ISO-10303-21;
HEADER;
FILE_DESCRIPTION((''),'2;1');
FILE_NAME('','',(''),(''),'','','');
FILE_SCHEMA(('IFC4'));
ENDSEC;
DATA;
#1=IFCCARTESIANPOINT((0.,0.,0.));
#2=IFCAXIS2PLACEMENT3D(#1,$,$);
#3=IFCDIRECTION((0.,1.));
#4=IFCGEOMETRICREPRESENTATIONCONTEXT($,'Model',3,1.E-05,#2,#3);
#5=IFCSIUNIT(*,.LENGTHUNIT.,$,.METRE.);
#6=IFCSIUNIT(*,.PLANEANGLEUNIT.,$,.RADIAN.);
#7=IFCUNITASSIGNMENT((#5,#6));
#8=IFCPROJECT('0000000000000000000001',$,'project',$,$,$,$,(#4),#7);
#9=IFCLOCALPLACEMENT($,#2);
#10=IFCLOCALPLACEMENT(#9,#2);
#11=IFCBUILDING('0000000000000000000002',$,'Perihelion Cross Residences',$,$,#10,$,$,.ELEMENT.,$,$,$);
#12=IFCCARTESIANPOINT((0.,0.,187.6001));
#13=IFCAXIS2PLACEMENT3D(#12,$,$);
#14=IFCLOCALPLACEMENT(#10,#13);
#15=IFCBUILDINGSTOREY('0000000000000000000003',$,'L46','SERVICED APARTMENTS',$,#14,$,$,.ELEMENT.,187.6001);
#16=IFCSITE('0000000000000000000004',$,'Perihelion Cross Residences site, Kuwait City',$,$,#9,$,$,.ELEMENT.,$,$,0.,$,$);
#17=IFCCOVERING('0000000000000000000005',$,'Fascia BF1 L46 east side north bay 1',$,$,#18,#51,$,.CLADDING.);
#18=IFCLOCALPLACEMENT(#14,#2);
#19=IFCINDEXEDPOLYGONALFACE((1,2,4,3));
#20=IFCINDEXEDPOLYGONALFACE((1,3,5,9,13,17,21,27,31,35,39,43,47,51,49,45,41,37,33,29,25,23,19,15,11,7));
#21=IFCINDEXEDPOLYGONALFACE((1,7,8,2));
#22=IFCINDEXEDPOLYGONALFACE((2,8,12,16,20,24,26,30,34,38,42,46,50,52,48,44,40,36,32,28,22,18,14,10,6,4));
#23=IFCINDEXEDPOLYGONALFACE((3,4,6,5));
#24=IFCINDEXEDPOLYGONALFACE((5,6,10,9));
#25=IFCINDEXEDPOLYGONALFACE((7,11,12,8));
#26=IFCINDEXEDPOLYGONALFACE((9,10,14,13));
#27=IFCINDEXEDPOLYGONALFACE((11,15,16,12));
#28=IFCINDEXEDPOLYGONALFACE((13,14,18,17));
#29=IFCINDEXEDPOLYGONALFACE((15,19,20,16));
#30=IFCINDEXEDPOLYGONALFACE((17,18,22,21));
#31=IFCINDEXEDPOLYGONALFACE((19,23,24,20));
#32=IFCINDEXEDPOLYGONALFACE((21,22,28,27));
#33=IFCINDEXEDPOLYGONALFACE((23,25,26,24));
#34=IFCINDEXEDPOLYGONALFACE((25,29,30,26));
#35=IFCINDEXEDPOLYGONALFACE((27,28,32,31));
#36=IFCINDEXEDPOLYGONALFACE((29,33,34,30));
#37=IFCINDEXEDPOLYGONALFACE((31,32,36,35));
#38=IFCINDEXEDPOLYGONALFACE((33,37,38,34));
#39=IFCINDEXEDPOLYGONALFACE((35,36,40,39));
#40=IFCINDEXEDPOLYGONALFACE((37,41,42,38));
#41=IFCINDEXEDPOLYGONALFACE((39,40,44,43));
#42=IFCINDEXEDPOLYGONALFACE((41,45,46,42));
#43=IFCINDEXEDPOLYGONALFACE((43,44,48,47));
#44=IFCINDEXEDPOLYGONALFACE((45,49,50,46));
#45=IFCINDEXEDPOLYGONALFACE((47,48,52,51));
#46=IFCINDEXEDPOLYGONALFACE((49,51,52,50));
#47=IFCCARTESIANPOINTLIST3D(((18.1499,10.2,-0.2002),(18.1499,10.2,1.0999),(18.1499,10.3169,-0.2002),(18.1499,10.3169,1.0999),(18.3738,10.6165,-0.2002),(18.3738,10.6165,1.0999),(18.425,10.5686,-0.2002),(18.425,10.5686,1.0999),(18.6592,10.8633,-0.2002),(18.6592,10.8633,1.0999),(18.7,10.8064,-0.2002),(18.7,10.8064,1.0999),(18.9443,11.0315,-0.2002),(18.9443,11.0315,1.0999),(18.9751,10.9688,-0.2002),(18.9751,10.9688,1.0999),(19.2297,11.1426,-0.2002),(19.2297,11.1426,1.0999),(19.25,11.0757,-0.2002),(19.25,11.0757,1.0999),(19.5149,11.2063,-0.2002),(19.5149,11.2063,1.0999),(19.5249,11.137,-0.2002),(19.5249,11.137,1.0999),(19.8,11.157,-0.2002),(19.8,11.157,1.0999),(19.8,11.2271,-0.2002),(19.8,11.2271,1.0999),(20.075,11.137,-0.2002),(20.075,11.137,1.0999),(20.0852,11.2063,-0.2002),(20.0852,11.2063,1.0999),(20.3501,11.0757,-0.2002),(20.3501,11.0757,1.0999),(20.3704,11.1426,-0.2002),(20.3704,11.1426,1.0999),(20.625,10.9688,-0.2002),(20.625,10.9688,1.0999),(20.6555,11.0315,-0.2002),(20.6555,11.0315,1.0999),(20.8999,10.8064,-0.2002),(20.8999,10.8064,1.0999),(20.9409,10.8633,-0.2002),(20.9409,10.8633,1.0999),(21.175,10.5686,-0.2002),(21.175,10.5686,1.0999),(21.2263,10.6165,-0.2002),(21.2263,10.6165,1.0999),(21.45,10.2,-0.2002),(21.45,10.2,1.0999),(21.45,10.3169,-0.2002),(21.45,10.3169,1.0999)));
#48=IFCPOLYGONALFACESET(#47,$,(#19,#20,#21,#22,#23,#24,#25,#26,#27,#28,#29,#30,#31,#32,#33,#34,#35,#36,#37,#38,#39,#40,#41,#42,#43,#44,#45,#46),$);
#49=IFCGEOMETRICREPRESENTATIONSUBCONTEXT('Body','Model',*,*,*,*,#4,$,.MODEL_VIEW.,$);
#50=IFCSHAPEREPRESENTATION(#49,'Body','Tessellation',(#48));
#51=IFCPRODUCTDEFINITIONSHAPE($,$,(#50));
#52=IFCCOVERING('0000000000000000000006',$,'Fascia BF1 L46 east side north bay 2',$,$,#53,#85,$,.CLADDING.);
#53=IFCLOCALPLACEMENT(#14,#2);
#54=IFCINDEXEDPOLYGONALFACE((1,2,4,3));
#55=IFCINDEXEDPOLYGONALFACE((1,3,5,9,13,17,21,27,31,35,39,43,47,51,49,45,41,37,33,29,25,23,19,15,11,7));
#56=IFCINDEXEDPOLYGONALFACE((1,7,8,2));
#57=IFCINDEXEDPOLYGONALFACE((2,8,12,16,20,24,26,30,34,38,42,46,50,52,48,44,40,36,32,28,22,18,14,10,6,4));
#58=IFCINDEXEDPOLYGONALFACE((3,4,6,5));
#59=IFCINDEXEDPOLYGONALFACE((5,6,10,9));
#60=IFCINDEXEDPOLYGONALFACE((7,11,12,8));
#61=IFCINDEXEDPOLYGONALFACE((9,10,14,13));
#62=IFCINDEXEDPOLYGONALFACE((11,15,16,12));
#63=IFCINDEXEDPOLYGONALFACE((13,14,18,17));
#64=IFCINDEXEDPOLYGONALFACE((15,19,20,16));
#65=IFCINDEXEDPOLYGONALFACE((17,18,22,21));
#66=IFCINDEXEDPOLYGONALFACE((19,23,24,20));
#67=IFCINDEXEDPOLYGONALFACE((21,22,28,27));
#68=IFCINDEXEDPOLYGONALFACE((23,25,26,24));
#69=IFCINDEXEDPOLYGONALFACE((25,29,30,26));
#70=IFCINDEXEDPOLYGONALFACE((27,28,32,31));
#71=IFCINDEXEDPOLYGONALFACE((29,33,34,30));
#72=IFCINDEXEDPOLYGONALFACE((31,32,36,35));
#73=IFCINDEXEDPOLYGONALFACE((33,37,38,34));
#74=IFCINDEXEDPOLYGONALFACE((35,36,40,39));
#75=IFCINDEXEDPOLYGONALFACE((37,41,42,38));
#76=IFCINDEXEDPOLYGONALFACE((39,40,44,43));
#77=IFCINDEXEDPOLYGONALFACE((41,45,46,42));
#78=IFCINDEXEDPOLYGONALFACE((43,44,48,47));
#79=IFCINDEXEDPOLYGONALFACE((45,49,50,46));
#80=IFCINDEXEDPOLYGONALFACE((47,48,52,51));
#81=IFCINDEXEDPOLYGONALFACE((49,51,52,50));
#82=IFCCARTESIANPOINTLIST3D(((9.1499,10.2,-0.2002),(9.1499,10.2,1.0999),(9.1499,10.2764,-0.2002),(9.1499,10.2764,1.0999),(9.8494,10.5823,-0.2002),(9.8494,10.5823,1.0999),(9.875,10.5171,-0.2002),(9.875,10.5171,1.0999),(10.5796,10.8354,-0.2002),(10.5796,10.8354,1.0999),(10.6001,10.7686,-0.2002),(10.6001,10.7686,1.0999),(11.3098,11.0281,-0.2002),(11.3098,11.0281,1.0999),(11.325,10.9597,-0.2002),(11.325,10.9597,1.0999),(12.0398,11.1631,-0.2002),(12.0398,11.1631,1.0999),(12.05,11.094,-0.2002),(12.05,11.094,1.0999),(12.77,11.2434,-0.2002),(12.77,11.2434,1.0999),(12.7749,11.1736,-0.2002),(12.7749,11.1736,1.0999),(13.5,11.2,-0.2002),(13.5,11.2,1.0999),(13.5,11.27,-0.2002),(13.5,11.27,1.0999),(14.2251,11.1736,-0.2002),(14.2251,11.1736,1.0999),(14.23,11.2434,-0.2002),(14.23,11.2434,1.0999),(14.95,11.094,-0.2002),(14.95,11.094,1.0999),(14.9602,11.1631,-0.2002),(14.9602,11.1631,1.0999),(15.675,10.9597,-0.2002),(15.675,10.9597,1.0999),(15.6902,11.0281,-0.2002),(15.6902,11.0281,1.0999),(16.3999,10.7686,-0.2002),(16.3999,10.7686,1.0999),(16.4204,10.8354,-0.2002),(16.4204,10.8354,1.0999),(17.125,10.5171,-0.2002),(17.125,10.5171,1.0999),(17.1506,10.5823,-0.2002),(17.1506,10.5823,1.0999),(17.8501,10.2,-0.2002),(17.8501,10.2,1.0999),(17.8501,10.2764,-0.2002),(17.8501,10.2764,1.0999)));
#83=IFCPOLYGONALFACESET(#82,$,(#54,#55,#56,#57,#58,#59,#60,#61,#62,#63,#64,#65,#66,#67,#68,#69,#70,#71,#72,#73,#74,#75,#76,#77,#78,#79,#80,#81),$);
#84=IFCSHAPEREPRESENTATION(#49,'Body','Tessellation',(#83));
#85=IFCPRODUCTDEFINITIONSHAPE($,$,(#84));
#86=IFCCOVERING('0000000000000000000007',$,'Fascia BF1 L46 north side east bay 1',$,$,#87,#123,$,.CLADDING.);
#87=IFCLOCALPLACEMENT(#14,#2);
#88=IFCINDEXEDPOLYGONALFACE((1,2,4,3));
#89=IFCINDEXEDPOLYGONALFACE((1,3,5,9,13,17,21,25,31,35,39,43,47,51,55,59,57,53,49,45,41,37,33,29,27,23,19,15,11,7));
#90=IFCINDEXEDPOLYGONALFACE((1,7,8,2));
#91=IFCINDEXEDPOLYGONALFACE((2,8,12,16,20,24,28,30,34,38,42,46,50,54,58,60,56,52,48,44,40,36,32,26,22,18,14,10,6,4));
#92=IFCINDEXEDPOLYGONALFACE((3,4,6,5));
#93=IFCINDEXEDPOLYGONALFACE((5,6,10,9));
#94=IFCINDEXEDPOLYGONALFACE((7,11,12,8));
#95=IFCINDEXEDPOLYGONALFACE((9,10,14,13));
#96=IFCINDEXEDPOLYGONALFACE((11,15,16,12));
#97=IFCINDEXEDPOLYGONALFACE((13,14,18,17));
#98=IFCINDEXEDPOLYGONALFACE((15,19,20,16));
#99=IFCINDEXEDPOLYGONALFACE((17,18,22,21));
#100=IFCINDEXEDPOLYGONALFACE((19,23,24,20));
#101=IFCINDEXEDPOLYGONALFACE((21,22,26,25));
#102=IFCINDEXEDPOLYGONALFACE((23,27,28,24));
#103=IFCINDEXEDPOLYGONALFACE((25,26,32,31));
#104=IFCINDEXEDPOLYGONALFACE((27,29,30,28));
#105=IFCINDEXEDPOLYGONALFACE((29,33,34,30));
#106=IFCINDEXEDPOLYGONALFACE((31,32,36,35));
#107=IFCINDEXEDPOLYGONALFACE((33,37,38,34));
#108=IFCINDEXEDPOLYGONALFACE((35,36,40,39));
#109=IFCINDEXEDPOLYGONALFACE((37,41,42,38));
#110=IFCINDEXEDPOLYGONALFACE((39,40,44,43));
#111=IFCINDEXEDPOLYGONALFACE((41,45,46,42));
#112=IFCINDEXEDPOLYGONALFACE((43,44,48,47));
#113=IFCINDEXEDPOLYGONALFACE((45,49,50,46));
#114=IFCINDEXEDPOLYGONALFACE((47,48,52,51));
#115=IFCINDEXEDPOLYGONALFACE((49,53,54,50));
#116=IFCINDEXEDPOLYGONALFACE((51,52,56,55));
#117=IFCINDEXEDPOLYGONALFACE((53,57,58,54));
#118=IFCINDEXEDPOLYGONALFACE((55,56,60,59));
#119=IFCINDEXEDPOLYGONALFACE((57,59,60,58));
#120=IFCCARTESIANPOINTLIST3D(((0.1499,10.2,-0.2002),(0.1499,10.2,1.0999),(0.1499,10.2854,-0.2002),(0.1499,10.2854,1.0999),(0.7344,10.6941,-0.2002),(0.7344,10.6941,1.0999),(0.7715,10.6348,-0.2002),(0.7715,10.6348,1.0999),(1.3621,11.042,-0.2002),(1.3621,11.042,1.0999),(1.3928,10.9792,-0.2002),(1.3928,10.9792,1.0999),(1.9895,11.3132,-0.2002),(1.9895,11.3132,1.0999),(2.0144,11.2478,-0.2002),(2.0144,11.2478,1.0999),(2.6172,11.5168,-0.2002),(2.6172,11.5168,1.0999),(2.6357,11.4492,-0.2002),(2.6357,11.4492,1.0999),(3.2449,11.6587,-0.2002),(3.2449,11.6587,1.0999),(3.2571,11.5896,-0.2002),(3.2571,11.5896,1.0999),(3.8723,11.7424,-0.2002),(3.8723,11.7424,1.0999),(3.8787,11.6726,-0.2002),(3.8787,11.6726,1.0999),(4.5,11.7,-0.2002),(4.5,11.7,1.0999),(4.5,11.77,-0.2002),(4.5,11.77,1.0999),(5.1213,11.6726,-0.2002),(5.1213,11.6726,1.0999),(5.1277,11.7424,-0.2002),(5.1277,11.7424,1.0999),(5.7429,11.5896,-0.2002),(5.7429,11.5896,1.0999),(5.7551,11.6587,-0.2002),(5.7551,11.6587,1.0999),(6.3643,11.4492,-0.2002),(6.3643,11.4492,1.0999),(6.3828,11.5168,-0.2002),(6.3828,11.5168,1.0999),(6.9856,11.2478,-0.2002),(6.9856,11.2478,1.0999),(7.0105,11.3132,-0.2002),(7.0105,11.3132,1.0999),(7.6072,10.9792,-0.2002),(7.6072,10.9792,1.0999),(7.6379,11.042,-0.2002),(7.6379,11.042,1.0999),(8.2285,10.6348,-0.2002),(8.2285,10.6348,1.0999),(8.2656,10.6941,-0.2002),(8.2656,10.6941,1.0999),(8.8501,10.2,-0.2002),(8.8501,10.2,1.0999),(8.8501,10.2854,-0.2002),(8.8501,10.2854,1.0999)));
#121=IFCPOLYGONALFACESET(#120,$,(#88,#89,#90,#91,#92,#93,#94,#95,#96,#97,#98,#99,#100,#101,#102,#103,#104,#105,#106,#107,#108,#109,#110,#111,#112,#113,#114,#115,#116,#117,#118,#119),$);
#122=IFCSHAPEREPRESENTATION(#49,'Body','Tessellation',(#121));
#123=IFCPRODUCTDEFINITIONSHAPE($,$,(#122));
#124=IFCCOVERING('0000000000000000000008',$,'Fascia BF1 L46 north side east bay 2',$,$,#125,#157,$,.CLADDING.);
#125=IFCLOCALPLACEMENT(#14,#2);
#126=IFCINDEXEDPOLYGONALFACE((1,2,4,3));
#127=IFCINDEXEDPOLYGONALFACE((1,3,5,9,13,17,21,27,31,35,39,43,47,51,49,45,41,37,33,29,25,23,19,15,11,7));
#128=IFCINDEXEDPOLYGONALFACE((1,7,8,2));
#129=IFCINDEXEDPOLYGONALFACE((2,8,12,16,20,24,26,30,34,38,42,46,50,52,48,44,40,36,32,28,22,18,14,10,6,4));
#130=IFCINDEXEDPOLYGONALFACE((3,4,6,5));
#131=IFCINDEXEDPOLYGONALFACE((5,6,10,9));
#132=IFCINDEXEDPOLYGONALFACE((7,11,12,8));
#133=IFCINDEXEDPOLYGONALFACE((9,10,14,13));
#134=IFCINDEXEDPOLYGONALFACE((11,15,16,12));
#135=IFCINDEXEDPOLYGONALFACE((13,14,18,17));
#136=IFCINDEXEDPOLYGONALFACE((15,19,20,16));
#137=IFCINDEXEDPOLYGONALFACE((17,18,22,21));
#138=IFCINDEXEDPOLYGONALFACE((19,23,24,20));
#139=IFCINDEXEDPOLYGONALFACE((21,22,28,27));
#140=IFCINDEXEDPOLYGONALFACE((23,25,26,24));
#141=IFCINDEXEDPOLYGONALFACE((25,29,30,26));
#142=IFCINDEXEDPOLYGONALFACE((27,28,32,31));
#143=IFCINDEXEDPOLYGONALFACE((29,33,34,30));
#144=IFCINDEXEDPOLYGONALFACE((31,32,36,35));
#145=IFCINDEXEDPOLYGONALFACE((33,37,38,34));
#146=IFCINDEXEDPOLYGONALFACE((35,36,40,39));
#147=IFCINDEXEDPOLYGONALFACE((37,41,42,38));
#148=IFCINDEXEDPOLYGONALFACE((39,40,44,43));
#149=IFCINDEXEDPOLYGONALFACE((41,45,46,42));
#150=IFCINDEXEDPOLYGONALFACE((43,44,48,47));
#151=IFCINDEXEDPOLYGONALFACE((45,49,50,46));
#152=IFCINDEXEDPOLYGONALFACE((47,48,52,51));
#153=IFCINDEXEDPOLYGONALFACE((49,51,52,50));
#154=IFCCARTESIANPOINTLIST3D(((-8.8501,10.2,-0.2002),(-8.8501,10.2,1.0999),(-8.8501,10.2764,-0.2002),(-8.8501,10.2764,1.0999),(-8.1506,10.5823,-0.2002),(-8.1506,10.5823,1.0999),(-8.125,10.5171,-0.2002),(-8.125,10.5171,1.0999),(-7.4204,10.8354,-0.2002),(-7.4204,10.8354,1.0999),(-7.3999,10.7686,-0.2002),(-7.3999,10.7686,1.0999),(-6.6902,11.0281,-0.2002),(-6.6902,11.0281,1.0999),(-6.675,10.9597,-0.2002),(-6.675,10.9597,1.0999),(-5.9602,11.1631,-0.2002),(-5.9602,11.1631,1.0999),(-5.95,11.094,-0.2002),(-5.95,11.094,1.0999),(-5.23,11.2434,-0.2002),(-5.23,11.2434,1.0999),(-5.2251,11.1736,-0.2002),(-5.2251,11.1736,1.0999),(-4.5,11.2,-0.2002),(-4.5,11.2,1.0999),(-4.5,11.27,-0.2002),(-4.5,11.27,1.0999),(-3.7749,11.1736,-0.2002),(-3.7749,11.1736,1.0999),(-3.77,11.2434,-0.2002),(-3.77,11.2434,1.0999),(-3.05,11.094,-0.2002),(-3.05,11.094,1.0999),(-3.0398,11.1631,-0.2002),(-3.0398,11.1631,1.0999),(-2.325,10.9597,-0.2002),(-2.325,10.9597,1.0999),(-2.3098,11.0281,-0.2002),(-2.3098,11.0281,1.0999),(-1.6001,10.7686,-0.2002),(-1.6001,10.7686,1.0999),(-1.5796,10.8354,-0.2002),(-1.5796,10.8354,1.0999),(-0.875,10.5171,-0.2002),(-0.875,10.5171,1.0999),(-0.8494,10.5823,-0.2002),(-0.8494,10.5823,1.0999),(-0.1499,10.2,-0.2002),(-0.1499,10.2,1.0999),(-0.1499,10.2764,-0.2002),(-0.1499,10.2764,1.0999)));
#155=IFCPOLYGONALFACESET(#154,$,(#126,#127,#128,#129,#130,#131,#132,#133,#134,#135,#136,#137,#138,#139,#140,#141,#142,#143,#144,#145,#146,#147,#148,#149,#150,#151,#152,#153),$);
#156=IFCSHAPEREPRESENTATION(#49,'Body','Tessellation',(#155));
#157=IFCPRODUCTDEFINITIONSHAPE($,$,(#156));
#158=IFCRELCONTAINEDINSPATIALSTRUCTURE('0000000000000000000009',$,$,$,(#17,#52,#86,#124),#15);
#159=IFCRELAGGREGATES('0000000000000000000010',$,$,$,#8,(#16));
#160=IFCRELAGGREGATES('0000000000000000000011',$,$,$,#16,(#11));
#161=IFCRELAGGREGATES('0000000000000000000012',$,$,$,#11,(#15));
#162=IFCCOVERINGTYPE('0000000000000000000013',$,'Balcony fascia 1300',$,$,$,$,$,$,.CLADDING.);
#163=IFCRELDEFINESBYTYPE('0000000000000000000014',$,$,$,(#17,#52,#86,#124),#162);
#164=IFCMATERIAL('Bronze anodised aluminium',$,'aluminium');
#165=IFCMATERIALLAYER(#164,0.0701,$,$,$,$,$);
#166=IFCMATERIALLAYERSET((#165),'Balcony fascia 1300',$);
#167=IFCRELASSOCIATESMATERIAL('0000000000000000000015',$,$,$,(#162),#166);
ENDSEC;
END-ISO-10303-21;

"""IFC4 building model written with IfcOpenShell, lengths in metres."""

from ifc_helpers import new_model, si_unit, direction, frame, origin, place, context, subcontext, project, spatial, polyline, outline, extrude, material, layer, layer_set, type_object, element, save


model = new_model("IFC4")

# Units and contexts
model_context = context("Model", 3, precision=1e-05, world=origin(), true_north=direction((0.0, 1.0)))
body_context = subcontext(model_context, "Body", "Model", "MODEL_VIEW")
ifc_project = project(units=[si_unit("LENGTHUNIT", "METRE"), si_unit("PLANEANGLEUNIT", "RADIAN")], contexts=[model_context])

# Site, building, storey
site_placement = place(None, origin())
site = spatial("IfcSite", under=ifc_project, at=site_placement, Name="Perihelion Cross Residences site, Kuwait City", CompositionType="ELEMENT", RefElevation=0.0)
building_placement = place(site_placement, origin())
building = spatial("IfcBuilding", under=site, at=building_placement, Name="Perihelion Cross Residences", CompositionType="ELEMENT")
storey_placement = place(building_placement, frame((0.0, 0.0, 187.6001)))
storey = spatial("IfcBuildingStorey", under=building, at=storey_placement, Name="L46", Description="SERVICED APARTMENTS", CompositionType="ELEMENT", Elevation=187.6001)

# Coverings
ifc_material_1 = material(Name="Bronze anodised aluminium", Category="aluminium")
ifc_layer_1 = layer(ifc_material_1, 0.0701)
ifc_layer_set_1 = layer_set([ifc_layer_1], Name="Balcony fascia 1300")
covering_type = type_object("IfcCoveringType", Name="Balcony fascia 1300", PredefinedType="CLADDING", material=ifc_layer_set_1)
covering_1_placement = place(storey_placement, frame((0.0, 0.0, -0.2002)))
element("IfcCovering", 1, at=covering_1_placement, inside=storey, type_object=covering_type, Name="Fascia BF1 L46 east side north bay 1", PredefinedType="CLADDING", context=body_context, shape_type="SweptSolid", body=[
    extrude(outline(polyline([(21.2263, 10.6165), (20.9409, 10.8633), (20.6555, 11.0315), (20.3704, 11.1426), (20.0852, 11.2063), (19.8, 11.2271), (19.5149, 11.2063), (19.2297, 11.1426), (18.9443, 11.0315), (18.6592, 10.8633), (18.3738, 10.6165), (18.1499, 10.3169), (18.1499, 10.2), (18.425, 10.5686), (18.7, 10.8064), (18.9751, 10.9688), (19.25, 11.0757), (19.5249, 11.137), (19.8, 11.157), (20.075, 11.137), (20.3501, 11.0757), (20.625, 10.9688), (20.8999, 10.8064), (21.175, 10.5686), (21.45, 10.2), (21.45, 10.3169), (21.2263, 10.6165)])), origin(), (0.0, 0.0, 1.0), 1.3),
])
covering_2_placement = place(storey_placement, frame((0.0, 0.0, -0.2002)))
element("IfcCovering", 2, at=covering_2_placement, inside=storey, type_object=covering_type, Name="Fascia BF1 L46 east side north bay 2", PredefinedType="CLADDING", context=body_context, shape_type="SweptSolid", body=[
    extrude(outline(polyline([(17.1506, 10.5823), (16.4204, 10.8354), (15.6902, 11.0281), (14.9602, 11.1631), (14.23, 11.2434), (13.5, 11.27), (12.77, 11.2434), (12.0398, 11.1631), (11.3098, 11.0281), (10.5796, 10.8354), (9.8494, 10.5823), (9.1499, 10.2764), (9.1499, 10.2), (9.875, 10.5171), (10.6001, 10.7686), (11.325, 10.9597), (12.05, 11.094), (12.7749, 11.1736), (13.5, 11.2), (14.2251, 11.1736), (14.95, 11.094), (15.675, 10.9597), (16.3999, 10.7686), (17.125, 10.5171), (17.8501, 10.2), (17.8501, 10.2764), (17.1506, 10.5823)])), origin(), (0.0, 0.0, 1.0), 1.3),
])
covering_3_placement = place(storey_placement, frame((0.0, 0.0, -0.2002)))
element("IfcCovering", 3, at=covering_3_placement, inside=storey, type_object=covering_type, Name="Fascia BF1 L46 north side east bay 1", PredefinedType="CLADDING", context=body_context, shape_type="SweptSolid", body=[
    extrude(outline(polyline([(8.2656, 10.6941), (7.6379, 11.042), (7.0105, 11.3132), (6.3828, 11.5168), (5.7551, 11.6587), (5.1277, 11.7424), (4.5, 11.77), (3.8723, 11.7424), (3.2449, 11.6587), (2.6172, 11.5168), (1.9895, 11.3132), (1.3621, 11.042), (0.7344, 10.6941), (0.1499, 10.2854), (0.1499, 10.2), (0.7715, 10.6348), (1.3928, 10.9792), (2.0144, 11.2478), (2.6357, 11.4492), (3.2571, 11.5896), (3.8787, 11.6726), (4.5, 11.7), (5.1213, 11.6726), (5.7429, 11.5896), (6.3643, 11.4492), (6.9856, 11.2478), (7.6072, 10.9792), (8.2285, 10.6348), (8.8501, 10.2), (8.8501, 10.2854), (8.2656, 10.6941)])), origin(), (0.0, 0.0, 1.0), 1.3),
])
covering_4_placement = place(storey_placement, frame((0.0, 0.0, -0.2002)))
element("IfcCovering", 4, at=covering_4_placement, inside=storey, type_object=covering_type, Name="Fascia BF1 L46 north side east bay 2", PredefinedType="CLADDING", context=body_context, shape_type="SweptSolid", body=[
    extrude(outline(polyline([(-0.8494, 10.5823), (-1.5796, 10.8354), (-2.3098, 11.0281), (-3.0398, 11.1631), (-3.77, 11.2434), (-4.5, 11.27), (-5.23, 11.2434), (-5.9602, 11.1631), (-6.6902, 11.0281), (-7.4204, 10.8354), (-8.1506, 10.5823), (-8.8501, 10.2764), (-8.8501, 10.2), (-8.125, 10.5171), (-7.3999, 10.7686), (-6.675, 10.9597), (-5.95, 11.094), (-5.2251, 11.1736), (-4.5, 11.2), (-3.7749, 11.1736), (-3.05, 11.094), (-2.325, 10.9597), (-1.6001, 10.7686), (-0.875, 10.5171), (-0.1499, 10.2), (-0.1499, 10.2764), (-0.8494, 10.5823)])), origin(), (0.0, 0.0, 1.0), 1.3),
])

save(model, "model.ifc")
